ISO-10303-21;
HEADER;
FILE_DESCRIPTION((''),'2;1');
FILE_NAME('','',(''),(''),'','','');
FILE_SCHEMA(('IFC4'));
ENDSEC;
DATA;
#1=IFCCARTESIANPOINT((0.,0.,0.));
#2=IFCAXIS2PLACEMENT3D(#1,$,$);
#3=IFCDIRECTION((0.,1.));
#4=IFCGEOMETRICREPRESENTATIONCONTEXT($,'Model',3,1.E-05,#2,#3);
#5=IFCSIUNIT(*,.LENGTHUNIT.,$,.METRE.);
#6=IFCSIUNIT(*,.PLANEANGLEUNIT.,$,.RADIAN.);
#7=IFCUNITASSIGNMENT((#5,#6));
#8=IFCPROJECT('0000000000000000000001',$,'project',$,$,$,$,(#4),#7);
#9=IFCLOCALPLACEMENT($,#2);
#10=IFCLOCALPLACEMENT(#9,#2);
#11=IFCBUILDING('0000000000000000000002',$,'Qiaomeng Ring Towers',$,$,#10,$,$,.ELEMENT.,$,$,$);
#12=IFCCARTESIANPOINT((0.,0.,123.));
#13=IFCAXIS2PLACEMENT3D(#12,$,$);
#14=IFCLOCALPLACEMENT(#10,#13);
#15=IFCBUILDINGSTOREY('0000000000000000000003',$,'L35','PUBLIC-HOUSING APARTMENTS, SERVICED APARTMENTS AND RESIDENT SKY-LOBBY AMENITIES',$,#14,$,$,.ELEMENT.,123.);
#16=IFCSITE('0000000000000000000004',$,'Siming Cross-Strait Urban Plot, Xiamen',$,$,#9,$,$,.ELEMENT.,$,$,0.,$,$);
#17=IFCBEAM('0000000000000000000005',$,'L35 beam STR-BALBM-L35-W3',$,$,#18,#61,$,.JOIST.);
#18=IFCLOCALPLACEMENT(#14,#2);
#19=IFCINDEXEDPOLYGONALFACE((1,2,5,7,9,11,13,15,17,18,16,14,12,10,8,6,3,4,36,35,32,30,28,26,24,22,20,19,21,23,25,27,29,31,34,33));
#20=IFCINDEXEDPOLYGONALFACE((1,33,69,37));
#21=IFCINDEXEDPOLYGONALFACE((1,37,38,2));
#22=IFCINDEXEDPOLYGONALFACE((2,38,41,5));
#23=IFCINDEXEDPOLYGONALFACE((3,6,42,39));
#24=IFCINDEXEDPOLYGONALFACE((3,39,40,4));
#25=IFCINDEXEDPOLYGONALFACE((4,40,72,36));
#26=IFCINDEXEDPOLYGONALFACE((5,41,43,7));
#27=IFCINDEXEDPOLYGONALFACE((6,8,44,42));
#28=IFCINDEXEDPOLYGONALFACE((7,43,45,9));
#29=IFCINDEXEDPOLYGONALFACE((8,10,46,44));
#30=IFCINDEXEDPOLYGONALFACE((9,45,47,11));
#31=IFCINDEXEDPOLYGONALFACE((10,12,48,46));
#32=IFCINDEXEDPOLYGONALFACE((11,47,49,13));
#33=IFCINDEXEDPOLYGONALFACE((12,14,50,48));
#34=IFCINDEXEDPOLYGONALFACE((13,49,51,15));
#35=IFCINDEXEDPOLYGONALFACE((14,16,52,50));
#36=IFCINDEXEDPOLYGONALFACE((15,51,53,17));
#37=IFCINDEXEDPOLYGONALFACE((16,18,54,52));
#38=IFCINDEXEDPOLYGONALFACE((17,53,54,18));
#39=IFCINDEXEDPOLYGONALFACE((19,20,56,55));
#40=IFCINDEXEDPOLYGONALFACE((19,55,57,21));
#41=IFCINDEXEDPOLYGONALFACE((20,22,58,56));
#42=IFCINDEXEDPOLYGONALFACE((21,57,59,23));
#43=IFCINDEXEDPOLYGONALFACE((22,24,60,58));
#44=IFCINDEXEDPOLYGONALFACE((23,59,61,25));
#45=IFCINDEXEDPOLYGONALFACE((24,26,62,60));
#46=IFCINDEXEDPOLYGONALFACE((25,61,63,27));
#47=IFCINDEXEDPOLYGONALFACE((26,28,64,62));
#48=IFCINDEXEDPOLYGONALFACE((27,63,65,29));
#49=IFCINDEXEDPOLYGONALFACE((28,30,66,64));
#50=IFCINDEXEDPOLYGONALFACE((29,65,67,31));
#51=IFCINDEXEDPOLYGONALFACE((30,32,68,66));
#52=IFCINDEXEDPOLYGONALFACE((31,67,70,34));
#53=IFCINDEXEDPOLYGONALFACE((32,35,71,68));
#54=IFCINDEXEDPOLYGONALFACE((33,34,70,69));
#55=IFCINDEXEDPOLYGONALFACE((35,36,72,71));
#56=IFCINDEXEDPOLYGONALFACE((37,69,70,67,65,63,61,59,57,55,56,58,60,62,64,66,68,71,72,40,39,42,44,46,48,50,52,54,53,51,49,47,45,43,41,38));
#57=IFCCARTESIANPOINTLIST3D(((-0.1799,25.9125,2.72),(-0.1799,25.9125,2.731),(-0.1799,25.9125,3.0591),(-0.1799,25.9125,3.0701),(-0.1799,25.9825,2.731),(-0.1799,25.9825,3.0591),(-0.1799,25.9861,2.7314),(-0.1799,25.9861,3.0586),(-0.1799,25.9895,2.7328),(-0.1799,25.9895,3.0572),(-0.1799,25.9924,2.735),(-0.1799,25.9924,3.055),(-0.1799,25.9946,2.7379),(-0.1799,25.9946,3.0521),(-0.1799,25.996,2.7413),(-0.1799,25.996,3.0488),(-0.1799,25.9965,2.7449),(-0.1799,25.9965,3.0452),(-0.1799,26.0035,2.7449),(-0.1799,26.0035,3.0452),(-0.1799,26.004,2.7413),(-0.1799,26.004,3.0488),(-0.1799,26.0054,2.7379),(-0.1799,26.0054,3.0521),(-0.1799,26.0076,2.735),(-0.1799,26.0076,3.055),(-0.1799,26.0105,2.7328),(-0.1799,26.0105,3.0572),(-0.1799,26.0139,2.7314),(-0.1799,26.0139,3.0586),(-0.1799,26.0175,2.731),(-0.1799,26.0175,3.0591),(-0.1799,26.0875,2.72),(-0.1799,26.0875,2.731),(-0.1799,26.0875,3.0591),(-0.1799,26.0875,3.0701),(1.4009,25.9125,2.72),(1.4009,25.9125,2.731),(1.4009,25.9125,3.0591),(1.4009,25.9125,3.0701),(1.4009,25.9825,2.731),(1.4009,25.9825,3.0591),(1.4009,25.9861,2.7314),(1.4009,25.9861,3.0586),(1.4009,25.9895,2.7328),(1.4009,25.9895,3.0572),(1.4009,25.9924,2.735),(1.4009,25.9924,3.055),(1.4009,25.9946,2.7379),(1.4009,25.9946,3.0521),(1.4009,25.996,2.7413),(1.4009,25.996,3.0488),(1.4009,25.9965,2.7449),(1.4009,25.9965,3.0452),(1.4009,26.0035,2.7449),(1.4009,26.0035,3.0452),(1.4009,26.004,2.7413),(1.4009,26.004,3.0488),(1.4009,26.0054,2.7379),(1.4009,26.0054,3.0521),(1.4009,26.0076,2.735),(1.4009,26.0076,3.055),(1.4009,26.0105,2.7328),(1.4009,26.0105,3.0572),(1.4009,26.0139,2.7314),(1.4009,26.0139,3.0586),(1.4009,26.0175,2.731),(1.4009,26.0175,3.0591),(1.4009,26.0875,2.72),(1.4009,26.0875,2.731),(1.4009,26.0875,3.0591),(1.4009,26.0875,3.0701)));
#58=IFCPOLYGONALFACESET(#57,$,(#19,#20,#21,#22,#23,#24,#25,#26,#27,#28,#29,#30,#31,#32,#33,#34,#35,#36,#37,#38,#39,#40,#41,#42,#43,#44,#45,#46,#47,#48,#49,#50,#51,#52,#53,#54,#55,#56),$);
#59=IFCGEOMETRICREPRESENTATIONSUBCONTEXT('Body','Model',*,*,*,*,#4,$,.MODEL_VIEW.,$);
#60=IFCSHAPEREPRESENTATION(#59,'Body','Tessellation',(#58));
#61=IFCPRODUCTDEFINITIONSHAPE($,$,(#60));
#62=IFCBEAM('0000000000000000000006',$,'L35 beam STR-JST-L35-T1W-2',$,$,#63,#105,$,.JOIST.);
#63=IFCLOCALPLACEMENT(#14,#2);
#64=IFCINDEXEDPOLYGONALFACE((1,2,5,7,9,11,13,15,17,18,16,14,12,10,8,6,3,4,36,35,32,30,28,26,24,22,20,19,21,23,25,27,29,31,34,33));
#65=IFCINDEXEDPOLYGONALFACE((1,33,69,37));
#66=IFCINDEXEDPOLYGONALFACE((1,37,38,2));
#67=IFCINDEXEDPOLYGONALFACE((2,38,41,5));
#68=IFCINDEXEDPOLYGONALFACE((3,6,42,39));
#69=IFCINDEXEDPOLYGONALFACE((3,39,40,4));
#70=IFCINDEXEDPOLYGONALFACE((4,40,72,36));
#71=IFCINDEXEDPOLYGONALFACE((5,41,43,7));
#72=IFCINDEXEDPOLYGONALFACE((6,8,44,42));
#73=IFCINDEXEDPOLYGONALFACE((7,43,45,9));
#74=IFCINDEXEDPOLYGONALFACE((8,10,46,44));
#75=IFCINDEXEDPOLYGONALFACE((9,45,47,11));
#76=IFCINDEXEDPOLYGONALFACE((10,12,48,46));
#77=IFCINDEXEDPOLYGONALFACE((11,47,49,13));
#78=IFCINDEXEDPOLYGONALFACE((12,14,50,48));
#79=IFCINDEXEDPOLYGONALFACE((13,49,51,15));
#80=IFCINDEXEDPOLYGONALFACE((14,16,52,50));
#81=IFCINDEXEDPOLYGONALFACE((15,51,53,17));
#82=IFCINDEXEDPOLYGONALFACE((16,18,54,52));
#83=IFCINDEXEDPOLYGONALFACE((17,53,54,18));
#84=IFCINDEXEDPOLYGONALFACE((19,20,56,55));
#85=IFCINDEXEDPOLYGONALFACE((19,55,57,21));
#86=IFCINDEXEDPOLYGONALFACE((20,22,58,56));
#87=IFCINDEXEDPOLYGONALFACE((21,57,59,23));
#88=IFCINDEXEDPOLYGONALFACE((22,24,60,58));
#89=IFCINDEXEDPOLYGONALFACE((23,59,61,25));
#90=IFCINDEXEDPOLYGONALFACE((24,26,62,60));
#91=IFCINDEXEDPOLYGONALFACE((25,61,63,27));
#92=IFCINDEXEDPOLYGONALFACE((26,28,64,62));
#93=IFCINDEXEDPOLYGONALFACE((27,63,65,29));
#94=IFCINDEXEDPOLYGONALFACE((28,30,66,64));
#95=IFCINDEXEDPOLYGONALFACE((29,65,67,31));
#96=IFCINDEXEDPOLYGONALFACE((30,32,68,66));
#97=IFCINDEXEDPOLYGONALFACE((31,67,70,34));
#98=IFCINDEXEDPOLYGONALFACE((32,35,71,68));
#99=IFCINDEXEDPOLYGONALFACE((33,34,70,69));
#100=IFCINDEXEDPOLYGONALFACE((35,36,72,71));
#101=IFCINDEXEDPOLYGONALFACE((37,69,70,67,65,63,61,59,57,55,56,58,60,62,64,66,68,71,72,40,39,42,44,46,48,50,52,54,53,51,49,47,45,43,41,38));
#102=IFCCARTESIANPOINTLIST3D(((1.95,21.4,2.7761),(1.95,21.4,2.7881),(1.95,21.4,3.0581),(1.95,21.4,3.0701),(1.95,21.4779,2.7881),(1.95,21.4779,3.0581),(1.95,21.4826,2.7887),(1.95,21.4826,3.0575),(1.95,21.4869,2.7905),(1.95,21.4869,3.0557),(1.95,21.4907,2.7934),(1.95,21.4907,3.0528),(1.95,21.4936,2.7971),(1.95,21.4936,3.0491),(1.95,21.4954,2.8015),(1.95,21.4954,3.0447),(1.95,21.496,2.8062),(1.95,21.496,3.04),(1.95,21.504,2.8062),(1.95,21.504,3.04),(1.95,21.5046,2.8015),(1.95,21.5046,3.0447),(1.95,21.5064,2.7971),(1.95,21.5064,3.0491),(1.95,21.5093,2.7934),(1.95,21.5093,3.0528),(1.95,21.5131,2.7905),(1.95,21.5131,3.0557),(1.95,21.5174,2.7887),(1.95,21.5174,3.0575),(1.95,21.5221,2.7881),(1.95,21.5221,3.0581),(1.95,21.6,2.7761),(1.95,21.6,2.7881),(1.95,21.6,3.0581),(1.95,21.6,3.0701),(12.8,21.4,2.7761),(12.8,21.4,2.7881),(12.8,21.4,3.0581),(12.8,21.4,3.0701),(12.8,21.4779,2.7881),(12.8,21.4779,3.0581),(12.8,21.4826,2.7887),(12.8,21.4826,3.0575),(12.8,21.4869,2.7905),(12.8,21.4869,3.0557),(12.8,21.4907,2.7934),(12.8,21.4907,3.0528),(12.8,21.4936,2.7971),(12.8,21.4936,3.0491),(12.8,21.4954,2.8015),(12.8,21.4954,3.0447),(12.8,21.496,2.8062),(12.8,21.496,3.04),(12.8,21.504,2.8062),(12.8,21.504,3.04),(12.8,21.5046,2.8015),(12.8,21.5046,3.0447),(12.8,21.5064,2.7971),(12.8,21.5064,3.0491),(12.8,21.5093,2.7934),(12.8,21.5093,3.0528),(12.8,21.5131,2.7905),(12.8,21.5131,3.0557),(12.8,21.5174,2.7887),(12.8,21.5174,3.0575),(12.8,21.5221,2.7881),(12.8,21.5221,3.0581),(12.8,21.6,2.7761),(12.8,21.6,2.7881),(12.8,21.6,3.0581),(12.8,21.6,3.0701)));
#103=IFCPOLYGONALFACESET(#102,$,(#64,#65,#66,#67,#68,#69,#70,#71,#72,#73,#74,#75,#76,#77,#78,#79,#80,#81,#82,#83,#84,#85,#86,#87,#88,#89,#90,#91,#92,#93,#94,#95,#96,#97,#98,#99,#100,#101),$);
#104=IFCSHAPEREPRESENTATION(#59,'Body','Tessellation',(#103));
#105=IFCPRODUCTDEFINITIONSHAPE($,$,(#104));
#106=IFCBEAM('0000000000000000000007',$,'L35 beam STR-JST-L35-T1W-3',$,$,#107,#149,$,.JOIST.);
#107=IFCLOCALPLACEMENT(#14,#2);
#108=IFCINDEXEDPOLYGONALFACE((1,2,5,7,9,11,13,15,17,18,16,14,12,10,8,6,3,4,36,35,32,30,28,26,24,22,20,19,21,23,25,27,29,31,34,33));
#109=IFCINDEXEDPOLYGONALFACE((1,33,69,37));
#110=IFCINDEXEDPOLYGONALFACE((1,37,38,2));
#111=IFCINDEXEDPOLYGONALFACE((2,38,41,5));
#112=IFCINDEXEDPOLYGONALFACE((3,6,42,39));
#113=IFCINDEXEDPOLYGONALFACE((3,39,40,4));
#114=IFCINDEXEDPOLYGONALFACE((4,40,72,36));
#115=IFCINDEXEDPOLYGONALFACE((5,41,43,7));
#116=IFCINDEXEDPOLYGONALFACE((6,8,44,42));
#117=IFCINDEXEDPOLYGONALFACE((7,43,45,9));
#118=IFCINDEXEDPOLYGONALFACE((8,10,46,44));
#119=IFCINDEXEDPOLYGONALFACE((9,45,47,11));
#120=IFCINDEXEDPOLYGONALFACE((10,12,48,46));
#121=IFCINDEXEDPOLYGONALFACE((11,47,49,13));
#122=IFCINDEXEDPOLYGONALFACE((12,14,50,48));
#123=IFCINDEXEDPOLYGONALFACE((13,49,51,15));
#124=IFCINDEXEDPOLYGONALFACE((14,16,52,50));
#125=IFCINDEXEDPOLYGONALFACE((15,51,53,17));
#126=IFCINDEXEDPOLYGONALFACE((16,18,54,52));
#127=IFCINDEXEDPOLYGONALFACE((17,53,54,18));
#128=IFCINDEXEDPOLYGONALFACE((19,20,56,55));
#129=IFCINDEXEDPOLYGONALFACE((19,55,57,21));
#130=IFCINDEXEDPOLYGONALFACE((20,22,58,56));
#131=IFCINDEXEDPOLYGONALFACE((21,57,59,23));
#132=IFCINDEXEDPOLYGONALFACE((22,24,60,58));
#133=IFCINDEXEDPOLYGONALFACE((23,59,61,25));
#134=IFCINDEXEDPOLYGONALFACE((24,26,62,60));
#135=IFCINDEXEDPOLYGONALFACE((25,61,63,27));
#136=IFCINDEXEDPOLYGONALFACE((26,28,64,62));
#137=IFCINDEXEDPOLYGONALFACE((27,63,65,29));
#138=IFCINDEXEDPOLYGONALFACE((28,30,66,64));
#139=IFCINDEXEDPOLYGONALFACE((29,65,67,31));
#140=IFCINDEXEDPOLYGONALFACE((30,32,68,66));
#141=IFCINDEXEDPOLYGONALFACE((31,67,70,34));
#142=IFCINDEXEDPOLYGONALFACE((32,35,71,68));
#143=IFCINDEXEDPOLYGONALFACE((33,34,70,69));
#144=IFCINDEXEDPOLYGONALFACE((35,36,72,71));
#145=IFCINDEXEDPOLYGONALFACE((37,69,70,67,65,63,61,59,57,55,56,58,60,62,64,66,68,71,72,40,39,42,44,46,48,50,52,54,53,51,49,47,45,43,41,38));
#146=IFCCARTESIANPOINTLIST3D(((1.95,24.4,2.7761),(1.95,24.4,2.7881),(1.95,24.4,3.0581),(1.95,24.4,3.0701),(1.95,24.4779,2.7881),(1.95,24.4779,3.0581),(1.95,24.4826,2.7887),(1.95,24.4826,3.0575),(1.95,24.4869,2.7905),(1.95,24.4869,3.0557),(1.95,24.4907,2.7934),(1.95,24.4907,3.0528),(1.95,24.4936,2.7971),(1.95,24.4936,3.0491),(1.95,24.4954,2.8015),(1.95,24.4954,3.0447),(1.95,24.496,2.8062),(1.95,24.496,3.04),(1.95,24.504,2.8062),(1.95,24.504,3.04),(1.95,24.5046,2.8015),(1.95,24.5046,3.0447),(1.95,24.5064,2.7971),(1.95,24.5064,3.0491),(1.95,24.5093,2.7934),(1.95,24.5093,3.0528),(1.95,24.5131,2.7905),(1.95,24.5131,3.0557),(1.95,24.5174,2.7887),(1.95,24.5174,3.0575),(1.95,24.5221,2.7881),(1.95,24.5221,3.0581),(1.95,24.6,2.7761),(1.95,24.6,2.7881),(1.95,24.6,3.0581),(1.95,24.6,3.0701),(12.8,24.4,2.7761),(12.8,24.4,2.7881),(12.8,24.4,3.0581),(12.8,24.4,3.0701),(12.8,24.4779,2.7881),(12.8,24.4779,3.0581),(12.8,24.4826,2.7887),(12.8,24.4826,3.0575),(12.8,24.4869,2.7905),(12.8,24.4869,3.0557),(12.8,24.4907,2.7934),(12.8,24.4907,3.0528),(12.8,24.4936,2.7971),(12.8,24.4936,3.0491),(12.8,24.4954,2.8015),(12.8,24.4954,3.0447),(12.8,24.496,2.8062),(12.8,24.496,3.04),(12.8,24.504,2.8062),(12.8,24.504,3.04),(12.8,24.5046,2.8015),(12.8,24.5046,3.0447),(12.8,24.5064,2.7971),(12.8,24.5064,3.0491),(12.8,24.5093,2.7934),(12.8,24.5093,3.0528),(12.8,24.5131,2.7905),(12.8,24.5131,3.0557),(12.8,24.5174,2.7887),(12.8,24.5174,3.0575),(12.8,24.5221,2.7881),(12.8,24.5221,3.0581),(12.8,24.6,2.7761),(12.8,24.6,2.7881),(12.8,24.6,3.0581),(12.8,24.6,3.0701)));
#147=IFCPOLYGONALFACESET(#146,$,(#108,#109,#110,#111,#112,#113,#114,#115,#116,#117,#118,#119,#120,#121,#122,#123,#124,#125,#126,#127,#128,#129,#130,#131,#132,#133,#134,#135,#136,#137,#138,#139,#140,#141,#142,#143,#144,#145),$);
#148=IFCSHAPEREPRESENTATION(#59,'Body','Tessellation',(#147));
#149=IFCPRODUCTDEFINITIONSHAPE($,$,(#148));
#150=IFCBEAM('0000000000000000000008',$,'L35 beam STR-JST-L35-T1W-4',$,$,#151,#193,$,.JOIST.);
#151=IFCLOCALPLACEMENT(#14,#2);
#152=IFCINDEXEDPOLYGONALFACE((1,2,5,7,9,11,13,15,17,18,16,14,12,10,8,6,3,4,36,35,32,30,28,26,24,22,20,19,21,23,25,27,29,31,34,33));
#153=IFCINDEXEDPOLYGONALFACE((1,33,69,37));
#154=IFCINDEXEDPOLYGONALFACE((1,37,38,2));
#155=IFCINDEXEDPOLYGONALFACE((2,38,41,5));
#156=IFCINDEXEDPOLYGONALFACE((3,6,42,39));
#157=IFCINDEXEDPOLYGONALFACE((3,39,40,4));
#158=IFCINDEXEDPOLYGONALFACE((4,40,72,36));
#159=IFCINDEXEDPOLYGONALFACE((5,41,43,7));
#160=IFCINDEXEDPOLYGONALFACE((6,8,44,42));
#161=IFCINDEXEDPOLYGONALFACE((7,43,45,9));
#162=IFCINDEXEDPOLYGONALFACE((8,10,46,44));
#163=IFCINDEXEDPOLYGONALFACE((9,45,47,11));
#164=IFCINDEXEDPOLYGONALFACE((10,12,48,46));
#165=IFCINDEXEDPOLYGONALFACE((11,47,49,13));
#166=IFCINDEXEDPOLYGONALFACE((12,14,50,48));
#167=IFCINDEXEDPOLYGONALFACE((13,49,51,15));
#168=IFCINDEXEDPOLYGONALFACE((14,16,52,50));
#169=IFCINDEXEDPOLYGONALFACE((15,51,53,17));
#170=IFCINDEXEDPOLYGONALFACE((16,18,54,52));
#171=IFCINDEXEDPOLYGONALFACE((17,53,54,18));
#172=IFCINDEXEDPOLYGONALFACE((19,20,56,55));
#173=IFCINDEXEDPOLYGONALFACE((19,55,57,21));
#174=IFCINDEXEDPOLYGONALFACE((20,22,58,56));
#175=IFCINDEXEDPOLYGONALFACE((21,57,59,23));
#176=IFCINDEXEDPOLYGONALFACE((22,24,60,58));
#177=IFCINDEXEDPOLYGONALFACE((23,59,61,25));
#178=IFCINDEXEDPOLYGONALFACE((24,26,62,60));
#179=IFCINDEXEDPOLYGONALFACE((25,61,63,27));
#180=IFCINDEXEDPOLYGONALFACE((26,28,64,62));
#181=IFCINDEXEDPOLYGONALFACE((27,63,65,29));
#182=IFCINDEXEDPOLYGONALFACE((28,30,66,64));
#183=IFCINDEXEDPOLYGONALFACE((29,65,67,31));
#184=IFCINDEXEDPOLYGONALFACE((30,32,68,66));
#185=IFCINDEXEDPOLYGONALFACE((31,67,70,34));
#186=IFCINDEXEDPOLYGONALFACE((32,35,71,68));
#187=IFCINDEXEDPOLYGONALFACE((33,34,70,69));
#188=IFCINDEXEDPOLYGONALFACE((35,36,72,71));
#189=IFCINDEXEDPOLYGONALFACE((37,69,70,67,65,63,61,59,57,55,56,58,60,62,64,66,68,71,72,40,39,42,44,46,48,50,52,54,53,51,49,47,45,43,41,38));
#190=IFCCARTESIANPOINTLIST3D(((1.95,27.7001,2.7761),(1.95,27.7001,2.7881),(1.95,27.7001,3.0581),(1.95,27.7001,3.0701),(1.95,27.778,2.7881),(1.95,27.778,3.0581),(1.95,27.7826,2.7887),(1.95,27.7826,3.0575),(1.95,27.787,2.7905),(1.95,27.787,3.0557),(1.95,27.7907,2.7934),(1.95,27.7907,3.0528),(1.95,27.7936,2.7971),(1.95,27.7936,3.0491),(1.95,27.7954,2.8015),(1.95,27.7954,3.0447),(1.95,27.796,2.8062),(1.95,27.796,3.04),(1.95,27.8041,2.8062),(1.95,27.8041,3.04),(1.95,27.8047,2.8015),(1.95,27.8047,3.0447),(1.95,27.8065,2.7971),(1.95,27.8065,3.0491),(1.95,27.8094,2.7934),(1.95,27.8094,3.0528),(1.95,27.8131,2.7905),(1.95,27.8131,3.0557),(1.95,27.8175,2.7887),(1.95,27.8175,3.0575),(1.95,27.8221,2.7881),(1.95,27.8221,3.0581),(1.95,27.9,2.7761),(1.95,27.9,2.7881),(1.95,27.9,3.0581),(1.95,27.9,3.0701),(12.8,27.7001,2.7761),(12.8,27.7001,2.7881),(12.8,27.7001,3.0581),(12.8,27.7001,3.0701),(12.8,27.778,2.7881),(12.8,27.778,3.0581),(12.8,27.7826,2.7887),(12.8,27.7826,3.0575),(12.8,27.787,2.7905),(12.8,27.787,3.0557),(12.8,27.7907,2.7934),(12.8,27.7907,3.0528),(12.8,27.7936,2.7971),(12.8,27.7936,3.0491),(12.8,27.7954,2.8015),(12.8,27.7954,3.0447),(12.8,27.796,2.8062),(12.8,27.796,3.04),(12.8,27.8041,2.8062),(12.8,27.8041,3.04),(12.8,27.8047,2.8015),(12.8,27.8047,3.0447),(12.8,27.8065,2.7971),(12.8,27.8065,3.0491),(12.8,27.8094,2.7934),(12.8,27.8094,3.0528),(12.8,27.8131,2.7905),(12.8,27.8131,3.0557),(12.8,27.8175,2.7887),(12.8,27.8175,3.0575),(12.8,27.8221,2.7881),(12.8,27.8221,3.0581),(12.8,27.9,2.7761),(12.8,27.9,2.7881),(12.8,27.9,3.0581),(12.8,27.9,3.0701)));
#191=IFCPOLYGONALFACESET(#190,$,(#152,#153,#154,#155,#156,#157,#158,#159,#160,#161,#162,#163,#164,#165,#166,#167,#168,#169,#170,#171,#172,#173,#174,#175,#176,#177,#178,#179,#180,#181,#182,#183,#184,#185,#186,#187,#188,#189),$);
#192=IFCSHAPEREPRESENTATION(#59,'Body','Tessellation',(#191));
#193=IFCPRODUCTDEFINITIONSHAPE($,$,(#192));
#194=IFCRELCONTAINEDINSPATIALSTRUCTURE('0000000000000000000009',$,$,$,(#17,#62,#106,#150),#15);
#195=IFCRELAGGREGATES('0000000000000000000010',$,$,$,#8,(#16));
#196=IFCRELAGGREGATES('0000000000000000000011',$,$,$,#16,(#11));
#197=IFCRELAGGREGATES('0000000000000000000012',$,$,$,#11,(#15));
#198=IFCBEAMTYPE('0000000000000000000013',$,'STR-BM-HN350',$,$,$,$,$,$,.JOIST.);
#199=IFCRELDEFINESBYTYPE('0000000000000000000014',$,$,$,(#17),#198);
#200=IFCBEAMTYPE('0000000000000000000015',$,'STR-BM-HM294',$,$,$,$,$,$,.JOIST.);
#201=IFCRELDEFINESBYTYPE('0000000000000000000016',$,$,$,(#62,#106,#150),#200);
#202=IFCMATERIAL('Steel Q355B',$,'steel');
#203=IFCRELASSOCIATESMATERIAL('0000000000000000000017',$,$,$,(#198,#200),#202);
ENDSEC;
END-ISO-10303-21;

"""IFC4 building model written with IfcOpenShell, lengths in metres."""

from ifc_helpers import new_model, si_unit, direction, frame, origin, origin_2d, place, context, subcontext, project, spatial, i_section, extrude, source, transform, mapped, material, material_profile, profile_set, type_object, element, save


model = new_model("IFC4")

# Units and contexts
model_context = context("Model", 3, precision=1e-05, world=origin(), true_north=direction((0.0, 1.0)))
body_context = subcontext(model_context, "Body", "Model", "MODEL_VIEW")
ifc_project = project(units=[si_unit("LENGTHUNIT", "METRE"), si_unit("PLANEANGLEUNIT", "RADIAN")], contexts=[model_context])

# Site, building, storey
site_placement = place(None, origin())
site = spatial("IfcSite", under=ifc_project, at=site_placement, Name="Siming Cross-Strait Urban Plot, Xiamen", CompositionType="ELEMENT", RefElevation=0.0)
building_placement = place(site_placement, origin())
building = spatial("IfcBuilding", under=site, at=building_placement, Name="Qiaomeng Ring Towers", CompositionType="ELEMENT")
storey_placement = place(building_placement, frame((0.0, 0.0, 123.0)))
storey = spatial("IfcBuildingStorey", under=building, at=storey_placement, Name="L35", Description="PUBLIC-HOUSING APARTMENTS, SERVICED APARTMENTS AND RESIDENT SKY-LOBBY AMENITIES", CompositionType="ELEMENT", Elevation=123.0)

# Beams
ifc_material_1 = material(Name="Steel Q355B", Category="steel")
ifc_material_profile_1 = material_profile(ifc_material_1, i_section(OverallWidth=0.175, OverallDepth=0.3501, WebThickness=0.0071, FlangeThickness=0.011, FilletRadius=0.0139, at=origin_2d()), Name="HN 350x175x7x11")
ifc_profile_set_1 = profile_set([ifc_material_profile_1], Name="Steel Q355B")
beam_type_1 = type_object("IfcBeamType", Name="STR-BM-HN350", PredefinedType="JOIST", material=ifc_profile_set_1)
shared_shape_1 = source(origin(), body_context, "Body", "SweptSolid", [
    extrude(i_section(OverallWidth=0.175, OverallDepth=0.3501, WebThickness=0.0071, FlangeThickness=0.011, FilletRadius=0.0139, at=origin_2d()), origin(), (0.0, 0.0, 1.0), 1.5808),
])
for number, where, z_axis, x_axis, name in (
    (1, (-0.1799, 26.0, 2.895), (1.0, 0.0, 0.0), (0.0, 1.0, 0.0), "L35 beam STR-BALBM-L35-W3"),
):
    element("IfcBeam", number, at=place(storey_placement, frame(where, z_axis=z_axis, x_axis=x_axis)), inside=storey, type_object=beam_type_1, Name=name, PredefinedType="JOIST", context=body_context, shape_type="MappedRepresentation", body=[
        mapped(shared_shape_1, transform((0.0, 0.0, 0.0), x_axis=(1.0, 0.0, 0.0), y_axis=(0.0, 1.0, 0.0), z_axis=(0.0, 0.0, 1.0), scale=1.0)),
    ])
ifc_material_profile_2 = material_profile(ifc_material_1, i_section(OverallWidth=0.2, OverallDepth=0.2939, WebThickness=0.0081, FlangeThickness=0.012, FilletRadius=0.0181, at=origin_2d()), Name="HM 294x200x8x12")
ifc_profile_set_2 = profile_set([ifc_material_profile_2], Name="Steel Q355B")
beam_type_2 = type_object("IfcBeamType", Name="STR-BM-HM294", PredefinedType="JOIST", material=ifc_profile_set_2)
shared_shape_2 = source(origin(), body_context, "Body", "SweptSolid", [
    extrude(i_section(OverallWidth=0.2, OverallDepth=0.2939, WebThickness=0.0081, FlangeThickness=0.012, FilletRadius=0.0181, at=origin_2d()), origin(), (0.0, 0.0, 1.0), 10.8501),
])
for number, where, z_axis, x_axis, name in (
    (2, (1.95, 21.5, 2.9231), (1.0, 0.0, 0.0), (0.0, 1.0, 0.0), "L35 beam STR-JST-L35-T1W-2"),
    (3, (1.95, 24.5, 2.9231), (1.0, 0.0, 0.0), (0.0, 1.0, 0.0), "L35 beam STR-JST-L35-T1W-3"),
    (4, (1.95, 27.8, 2.9231), (1.0, 0.0, 0.0), (0.0, 1.0, 0.0), "L35 beam STR-JST-L35-T1W-4"),
):
    element("IfcBeam", number, at=place(storey_placement, frame(where, z_axis=z_axis, x_axis=x_axis)), inside=storey, type_object=beam_type_2, Name=name, PredefinedType="JOIST", context=body_context, shape_type="MappedRepresentation", body=[
        mapped(shared_shape_2, transform((0.0, 0.0, 0.0), x_axis=(1.0, 0.0, 0.0), y_axis=(0.0, 1.0, 0.0), z_axis=(0.0, 0.0, 1.0), scale=1.0)),
    ])

save(model, "model.ifc")
